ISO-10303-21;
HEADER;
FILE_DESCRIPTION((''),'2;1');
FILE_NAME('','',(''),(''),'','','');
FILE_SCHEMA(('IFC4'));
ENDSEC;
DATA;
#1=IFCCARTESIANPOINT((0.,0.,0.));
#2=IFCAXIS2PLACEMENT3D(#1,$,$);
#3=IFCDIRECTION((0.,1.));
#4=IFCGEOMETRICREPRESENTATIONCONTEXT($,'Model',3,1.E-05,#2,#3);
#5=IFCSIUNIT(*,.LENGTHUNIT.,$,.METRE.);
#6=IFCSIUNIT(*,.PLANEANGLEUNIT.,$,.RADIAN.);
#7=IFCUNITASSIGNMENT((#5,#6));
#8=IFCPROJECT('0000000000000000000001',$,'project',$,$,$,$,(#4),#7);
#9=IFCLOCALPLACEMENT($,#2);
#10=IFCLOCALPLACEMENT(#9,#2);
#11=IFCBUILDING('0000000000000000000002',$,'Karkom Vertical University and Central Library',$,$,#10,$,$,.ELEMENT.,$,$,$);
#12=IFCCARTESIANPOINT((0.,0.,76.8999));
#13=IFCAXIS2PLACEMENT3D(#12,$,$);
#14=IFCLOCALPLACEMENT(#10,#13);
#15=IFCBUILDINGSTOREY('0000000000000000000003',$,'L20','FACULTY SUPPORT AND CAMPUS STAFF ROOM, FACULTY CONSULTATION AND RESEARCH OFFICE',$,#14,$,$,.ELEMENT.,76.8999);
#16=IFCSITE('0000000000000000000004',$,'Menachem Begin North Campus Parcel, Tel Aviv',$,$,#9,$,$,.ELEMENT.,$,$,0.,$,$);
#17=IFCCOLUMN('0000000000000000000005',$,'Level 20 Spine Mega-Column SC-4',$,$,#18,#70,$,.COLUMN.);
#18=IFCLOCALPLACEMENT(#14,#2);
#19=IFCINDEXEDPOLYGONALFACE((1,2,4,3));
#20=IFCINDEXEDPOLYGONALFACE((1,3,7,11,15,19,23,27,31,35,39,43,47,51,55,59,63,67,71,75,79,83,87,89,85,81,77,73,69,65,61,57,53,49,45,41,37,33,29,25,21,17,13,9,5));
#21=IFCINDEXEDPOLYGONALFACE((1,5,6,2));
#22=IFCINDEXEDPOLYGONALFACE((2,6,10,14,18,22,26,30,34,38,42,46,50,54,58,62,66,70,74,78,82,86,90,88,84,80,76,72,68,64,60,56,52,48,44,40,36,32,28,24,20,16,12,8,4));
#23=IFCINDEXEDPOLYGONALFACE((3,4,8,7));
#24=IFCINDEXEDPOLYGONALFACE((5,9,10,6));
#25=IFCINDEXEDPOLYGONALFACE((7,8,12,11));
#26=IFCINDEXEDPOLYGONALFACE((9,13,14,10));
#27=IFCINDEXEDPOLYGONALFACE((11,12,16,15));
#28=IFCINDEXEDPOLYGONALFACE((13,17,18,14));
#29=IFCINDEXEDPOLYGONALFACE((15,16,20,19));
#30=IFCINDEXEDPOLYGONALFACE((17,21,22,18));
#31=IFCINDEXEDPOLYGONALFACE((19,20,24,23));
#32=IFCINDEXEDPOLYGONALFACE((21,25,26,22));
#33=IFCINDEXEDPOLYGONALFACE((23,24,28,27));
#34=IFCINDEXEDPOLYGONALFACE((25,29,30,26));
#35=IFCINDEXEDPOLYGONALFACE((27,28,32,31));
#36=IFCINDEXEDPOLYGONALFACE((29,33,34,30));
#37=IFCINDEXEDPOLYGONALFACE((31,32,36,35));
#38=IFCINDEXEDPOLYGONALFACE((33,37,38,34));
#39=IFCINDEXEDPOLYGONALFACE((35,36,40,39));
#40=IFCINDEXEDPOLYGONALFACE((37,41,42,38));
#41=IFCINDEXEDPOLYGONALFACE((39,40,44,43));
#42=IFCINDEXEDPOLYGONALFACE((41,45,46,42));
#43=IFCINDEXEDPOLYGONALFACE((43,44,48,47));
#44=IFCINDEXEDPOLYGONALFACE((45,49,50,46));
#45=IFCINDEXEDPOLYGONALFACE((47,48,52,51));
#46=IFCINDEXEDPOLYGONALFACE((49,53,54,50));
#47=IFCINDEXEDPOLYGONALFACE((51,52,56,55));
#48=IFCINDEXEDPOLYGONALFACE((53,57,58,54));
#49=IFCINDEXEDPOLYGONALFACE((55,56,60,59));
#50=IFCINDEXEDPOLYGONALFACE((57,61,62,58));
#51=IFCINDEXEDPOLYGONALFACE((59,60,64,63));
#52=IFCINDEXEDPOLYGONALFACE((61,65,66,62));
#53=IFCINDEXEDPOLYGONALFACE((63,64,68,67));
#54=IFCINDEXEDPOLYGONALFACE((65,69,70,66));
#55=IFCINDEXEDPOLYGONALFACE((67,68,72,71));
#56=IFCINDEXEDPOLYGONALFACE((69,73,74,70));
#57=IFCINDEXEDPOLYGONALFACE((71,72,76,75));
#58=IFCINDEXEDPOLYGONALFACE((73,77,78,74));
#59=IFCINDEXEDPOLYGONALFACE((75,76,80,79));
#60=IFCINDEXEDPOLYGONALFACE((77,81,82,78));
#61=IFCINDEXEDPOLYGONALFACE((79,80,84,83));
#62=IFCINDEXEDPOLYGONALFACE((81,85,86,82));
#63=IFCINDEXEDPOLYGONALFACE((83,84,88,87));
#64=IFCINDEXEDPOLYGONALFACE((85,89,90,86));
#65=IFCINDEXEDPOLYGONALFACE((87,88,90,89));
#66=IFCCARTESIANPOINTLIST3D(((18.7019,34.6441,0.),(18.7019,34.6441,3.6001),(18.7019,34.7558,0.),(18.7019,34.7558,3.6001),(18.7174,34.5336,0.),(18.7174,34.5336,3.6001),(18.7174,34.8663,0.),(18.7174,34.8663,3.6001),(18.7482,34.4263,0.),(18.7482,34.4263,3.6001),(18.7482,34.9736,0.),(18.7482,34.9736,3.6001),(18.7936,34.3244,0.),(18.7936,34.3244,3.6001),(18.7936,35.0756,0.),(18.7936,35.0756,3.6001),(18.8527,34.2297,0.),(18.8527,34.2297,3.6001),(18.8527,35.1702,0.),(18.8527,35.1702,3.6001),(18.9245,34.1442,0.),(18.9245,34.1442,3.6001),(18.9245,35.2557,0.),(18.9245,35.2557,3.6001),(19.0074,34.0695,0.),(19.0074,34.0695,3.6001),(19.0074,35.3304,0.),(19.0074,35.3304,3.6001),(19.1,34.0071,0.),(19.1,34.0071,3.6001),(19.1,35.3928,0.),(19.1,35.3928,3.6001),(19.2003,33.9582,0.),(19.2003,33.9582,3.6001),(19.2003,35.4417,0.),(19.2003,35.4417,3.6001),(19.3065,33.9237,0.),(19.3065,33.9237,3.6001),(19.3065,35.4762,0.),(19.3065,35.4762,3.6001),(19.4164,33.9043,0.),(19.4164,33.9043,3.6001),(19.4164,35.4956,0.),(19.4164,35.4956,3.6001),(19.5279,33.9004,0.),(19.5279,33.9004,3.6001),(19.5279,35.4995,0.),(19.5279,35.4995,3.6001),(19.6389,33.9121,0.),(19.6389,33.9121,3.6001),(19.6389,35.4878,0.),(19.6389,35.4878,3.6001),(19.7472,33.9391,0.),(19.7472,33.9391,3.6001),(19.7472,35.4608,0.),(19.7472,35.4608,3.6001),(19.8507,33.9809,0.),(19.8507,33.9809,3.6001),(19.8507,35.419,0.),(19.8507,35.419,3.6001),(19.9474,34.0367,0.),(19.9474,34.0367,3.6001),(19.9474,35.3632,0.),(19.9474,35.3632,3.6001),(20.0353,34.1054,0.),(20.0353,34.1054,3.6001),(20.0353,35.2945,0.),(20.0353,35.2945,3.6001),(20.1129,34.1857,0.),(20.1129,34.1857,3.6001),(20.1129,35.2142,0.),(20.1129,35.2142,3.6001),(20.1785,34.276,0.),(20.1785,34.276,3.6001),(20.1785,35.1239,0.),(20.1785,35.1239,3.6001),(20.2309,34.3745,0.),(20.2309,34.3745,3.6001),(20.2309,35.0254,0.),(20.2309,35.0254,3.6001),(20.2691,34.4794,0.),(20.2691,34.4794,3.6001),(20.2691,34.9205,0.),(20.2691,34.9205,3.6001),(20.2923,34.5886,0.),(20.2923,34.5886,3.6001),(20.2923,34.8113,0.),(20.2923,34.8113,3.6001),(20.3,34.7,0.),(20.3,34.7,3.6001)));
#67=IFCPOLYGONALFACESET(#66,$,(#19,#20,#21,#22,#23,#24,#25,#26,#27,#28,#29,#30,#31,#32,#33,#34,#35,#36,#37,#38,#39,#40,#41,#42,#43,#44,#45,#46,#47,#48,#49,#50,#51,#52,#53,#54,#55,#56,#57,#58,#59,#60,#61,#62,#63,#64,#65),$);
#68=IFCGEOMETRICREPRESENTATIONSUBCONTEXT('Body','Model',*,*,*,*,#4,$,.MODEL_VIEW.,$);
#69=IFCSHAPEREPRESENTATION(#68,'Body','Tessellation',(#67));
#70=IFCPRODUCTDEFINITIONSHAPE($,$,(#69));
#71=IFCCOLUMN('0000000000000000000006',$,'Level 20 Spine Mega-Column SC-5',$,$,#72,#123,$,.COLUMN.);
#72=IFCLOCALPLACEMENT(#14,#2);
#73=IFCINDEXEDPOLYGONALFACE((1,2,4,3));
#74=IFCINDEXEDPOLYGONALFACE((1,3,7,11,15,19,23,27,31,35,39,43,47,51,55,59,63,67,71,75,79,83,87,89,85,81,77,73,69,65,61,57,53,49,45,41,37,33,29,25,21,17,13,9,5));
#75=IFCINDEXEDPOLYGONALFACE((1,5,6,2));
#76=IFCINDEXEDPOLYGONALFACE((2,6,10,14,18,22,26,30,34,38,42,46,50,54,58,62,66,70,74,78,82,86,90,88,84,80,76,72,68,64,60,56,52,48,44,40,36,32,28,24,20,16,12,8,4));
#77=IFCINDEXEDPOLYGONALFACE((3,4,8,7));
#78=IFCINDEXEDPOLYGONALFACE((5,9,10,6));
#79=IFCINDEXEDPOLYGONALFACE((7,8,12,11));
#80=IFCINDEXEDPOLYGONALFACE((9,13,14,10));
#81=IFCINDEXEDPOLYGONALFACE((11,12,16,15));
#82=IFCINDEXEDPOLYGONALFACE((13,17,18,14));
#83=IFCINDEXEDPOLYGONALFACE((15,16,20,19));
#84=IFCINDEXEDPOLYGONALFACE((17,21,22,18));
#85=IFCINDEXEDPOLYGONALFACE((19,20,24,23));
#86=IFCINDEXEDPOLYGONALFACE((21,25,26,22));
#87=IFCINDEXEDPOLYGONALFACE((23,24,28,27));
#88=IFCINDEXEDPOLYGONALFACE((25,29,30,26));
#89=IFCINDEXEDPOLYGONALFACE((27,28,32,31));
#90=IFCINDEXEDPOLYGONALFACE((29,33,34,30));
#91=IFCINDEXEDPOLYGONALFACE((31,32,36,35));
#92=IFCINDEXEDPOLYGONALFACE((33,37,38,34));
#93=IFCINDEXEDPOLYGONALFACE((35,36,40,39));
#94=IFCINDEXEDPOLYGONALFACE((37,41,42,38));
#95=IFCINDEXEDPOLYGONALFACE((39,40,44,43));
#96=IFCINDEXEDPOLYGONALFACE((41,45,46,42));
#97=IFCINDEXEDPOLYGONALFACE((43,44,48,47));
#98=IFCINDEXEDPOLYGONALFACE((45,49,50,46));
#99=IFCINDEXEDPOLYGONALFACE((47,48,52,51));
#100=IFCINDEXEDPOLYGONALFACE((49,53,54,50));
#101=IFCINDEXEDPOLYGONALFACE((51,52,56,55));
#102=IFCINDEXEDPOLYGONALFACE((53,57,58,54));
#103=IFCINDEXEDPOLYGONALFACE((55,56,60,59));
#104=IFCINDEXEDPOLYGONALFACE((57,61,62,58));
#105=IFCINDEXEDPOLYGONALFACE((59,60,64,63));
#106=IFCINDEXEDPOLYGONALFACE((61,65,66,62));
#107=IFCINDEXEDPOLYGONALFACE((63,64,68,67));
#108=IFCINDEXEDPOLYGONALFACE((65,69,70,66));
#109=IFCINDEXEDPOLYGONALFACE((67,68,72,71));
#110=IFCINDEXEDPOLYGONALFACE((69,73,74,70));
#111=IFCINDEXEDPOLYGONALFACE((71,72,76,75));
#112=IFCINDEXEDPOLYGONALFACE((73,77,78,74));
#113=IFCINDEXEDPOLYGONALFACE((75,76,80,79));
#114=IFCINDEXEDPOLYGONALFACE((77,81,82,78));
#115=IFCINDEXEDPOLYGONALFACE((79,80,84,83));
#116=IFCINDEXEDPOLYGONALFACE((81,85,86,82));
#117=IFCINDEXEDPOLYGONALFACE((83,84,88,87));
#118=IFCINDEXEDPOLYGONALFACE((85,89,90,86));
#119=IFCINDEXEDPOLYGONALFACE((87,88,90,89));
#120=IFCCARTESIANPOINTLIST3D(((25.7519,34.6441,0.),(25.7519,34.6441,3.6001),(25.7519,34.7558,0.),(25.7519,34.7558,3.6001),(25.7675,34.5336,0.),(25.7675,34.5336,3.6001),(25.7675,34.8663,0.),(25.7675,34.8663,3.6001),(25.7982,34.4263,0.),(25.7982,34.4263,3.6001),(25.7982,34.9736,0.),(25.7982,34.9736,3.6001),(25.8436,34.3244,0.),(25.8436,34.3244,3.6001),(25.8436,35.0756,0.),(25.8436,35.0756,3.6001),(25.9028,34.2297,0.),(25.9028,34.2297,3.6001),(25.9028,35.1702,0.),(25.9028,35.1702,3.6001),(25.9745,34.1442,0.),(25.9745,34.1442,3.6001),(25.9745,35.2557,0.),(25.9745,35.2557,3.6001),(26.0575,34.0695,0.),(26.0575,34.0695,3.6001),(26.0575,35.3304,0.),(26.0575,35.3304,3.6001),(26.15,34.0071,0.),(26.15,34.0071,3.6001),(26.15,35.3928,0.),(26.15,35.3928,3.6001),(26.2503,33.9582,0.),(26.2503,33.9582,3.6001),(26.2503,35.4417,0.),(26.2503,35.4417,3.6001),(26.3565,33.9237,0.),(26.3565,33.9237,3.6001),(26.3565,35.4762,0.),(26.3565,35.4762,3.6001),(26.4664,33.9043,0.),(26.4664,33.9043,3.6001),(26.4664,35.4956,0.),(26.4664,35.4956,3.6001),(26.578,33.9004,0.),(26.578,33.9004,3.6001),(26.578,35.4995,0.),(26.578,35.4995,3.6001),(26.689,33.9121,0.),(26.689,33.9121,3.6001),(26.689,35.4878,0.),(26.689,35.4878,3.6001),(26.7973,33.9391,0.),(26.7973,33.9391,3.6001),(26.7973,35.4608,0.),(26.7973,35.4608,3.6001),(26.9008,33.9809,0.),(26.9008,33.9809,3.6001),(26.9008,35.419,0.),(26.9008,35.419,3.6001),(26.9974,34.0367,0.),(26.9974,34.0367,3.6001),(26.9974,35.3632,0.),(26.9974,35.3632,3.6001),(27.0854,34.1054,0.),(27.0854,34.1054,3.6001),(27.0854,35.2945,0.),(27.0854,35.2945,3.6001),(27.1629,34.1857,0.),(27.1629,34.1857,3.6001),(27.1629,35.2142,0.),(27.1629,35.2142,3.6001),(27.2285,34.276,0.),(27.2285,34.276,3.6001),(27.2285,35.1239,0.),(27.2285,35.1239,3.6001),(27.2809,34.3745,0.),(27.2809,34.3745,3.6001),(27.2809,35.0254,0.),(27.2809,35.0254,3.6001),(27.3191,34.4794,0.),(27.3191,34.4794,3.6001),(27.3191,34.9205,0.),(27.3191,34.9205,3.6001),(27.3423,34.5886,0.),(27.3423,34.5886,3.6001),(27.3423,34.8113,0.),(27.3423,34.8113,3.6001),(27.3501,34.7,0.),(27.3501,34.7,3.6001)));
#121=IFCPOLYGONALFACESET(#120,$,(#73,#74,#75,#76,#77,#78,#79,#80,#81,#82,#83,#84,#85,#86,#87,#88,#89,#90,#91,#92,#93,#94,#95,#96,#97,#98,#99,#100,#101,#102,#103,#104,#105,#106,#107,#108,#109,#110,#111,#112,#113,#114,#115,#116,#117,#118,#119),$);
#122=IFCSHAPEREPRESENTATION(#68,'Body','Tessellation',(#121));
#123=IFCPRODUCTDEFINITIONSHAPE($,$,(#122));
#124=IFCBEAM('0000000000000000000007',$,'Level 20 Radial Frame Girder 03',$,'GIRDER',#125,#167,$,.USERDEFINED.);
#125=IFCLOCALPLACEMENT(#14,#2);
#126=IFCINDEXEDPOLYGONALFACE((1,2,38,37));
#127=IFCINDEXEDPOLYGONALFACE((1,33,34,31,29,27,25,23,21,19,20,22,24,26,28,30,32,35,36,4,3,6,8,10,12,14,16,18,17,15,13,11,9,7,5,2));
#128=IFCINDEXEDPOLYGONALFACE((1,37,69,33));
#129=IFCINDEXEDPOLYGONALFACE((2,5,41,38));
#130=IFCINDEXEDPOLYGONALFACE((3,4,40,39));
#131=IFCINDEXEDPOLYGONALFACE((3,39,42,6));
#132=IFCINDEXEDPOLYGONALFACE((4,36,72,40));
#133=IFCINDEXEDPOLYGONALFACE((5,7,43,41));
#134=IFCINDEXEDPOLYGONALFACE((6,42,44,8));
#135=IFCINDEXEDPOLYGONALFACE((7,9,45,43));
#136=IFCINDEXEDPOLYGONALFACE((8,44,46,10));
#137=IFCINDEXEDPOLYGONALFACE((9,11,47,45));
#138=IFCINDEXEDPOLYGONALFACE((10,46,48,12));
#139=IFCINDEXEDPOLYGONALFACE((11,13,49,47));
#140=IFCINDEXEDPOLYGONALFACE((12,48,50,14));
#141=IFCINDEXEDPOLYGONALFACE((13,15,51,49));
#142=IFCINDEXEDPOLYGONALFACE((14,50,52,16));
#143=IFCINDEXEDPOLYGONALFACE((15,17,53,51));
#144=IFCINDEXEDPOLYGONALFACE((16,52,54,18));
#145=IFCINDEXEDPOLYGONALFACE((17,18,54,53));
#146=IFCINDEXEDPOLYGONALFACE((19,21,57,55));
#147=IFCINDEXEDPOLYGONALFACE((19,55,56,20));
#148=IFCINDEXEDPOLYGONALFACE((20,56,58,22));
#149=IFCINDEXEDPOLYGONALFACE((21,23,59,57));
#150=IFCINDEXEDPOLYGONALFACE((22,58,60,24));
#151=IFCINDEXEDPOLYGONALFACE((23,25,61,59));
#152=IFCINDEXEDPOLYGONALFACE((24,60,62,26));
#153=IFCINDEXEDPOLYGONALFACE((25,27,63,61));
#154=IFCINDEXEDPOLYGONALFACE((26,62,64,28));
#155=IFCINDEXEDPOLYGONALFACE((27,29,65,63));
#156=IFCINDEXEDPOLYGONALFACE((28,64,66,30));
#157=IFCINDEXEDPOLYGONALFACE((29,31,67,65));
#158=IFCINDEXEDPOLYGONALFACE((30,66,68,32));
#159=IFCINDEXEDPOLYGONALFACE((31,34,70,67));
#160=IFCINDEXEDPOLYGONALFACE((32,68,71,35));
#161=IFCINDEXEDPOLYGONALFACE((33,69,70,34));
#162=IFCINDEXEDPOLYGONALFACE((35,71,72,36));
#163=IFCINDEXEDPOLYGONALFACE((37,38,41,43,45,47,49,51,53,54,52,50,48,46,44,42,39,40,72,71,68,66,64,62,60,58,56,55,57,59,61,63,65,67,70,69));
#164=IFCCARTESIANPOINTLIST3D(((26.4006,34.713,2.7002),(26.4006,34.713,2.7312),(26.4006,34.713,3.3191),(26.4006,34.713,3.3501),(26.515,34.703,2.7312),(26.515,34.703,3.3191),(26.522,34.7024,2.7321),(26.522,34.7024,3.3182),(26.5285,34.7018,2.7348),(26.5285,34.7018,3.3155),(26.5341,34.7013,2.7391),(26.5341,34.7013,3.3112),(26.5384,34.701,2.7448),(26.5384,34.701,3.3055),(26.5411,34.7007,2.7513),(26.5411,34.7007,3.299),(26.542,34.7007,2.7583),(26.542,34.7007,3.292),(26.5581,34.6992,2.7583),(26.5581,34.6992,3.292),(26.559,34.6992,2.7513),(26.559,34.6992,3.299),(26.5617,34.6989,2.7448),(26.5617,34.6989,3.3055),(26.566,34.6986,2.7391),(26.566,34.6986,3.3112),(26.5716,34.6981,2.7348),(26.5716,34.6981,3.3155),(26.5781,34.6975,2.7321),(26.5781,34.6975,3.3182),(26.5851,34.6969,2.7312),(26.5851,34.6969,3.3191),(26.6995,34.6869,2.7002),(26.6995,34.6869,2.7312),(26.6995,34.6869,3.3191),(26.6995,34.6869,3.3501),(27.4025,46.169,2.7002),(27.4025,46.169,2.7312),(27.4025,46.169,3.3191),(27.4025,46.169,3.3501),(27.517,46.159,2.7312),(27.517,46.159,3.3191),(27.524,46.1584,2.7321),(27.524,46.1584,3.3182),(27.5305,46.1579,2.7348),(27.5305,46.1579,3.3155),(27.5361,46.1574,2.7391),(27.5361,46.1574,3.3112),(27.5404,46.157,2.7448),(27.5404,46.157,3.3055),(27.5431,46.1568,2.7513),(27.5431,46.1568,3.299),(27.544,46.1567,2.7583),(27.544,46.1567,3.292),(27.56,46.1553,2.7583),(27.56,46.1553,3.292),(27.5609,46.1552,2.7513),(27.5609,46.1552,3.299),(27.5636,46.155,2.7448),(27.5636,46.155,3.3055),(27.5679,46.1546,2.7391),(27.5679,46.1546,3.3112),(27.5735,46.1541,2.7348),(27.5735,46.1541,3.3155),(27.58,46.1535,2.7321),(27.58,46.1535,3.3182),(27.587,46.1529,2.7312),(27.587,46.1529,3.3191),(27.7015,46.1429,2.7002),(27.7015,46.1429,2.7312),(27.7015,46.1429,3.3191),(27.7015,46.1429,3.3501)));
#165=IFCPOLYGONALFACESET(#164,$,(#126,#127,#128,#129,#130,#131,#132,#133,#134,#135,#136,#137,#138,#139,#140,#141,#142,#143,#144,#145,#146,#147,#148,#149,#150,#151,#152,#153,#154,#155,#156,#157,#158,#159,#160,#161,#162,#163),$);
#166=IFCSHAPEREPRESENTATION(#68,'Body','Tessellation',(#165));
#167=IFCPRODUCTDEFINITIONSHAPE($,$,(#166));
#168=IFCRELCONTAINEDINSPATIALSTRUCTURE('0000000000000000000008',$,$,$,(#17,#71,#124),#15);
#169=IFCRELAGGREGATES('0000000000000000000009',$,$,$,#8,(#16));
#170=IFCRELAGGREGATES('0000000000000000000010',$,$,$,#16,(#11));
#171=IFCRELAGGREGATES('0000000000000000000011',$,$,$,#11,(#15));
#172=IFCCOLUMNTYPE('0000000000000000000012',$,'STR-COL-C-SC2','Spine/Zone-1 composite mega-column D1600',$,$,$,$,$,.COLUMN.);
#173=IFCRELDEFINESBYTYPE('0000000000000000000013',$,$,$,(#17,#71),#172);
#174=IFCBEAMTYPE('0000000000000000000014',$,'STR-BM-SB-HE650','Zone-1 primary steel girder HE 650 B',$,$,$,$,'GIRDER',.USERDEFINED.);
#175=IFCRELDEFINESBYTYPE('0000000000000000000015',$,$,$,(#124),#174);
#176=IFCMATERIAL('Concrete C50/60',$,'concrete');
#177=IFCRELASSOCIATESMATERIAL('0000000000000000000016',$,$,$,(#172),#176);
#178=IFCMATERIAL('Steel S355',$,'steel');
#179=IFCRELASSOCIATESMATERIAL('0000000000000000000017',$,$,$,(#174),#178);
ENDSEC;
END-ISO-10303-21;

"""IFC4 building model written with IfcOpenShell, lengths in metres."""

from ifc_helpers import new_model, si_unit, direction, frame, origin, origin_with_axes, origin_2d, place, context, subcontext, project, spatial, circle, i_section, extrude, source, transform, mapped, material, material_profile, profile_set, type_object, element, save


model = new_model("IFC4")

# Units and contexts
model_context = context("Model", 3, precision=1e-05, world=origin(), true_north=direction((0.0, 1.0)))
body_context = subcontext(model_context, "Body", "Model", "MODEL_VIEW")
ifc_project = project(units=[si_unit("LENGTHUNIT", "METRE"), si_unit("PLANEANGLEUNIT", "RADIAN")], contexts=[model_context])

# Site, building, storey
site_placement = place(None, origin())
site = spatial("IfcSite", under=ifc_project, at=site_placement, Name="Menachem Begin North Campus Parcel, Tel Aviv", CompositionType="ELEMENT", RefElevation=0.0)
building_placement = place(site_placement, origin())
building = spatial("IfcBuilding", under=site, at=building_placement, Name="Karkom Vertical University and Central Library", CompositionType="ELEMENT")
storey_placement = place(building_placement, frame((0.0, 0.0, 76.8999)))
storey = spatial("IfcBuildingStorey", under=building, at=storey_placement, Name="L20", Description="FACULTY SUPPORT AND CAMPUS STAFF ROOM, FACULTY CONSULTATION AND RESEARCH OFFICE", CompositionType="ELEMENT", Elevation=76.8999)

# Columns
ifc_material_1 = material(Name="Concrete C50/60", Category="concrete")
ifc_material_profile_1 = material_profile(ifc_material_1, circle(Radius=0.8, at=origin_2d()), Name="CFT-D1600")
ifc_profile_set_1 = profile_set([ifc_material_profile_1], Name="Concrete C50/60")
column_type = type_object("IfcColumnType", Name="STR-COL-C-SC2", Description="Spine/Zone-1 composite mega-column D1600", PredefinedType="COLUMN", material=ifc_profile_set_1)
shared_shape_1 = source(origin_with_axes(), body_context, "Body", "SweptSolid", [
    extrude(circle(Radius=0.8, at=origin_2d()), origin(), (0.0, 0.0, 1.0), 3.6001),
])
for number, where, z_axis, x_axis, name in (
    (1, (19.5, 34.7, 0.0), (0.0, 0.0, 1.0), (1.0, 0.0, 0.0), "Level 20 Spine Mega-Column SC-4"),
    (2, (26.55, 34.7, 0.0), (0.0, 0.0, 1.0), (1.0, 0.0, 0.0), "Level 20 Spine Mega-Column SC-5"),
):
    element("IfcColumn", number, at=place(storey_placement, frame(where, z_axis=z_axis, x_axis=x_axis)), inside=storey, type_object=column_type, Name=name, PredefinedType="COLUMN", context=body_context, shape_type="MappedRepresentation", body=[
        mapped(shared_shape_1, transform((0.0, 0.0, 0.0), scale=1.0)),
    ])

# Beam
ifc_material_2 = material(Name="Steel S355", Category="steel")
ifc_material_profile_2 = material_profile(ifc_material_2, i_section(OverallWidth=0.3, OverallDepth=0.6499, WebThickness=0.0161, FlangeThickness=0.031, FilletRadius=0.0271, at=origin_2d()), Name="HE 650 B")
ifc_profile_set_2 = profile_set([ifc_material_profile_2], Name="Steel S355")
beam_type_1 = type_object("IfcBeamType", Name="STR-BM-SB-HE650", Description="Zone-1 primary steel girder HE 650 B", ElementType="GIRDER", PredefinedType="USERDEFINED", material=ifc_profile_set_2)
shared_shape_2 = source(origin_with_axes(), body_context, "Body", "SweptSolid", [
    extrude(i_section(OverallWidth=0.3, OverallDepth=0.6499, WebThickness=0.0161, FlangeThickness=0.031, FilletRadius=0.0271, at=origin_2d()), origin(), (0.0, 0.0, 1.0), 11.4998),
])
beam_1_placement = place(storey_placement, frame((26.55, 34.7, 3.0251), z_axis=(0.087128, 0.996197, 0.0), x_axis=(-0.996197, 0.087128, 0.0)))
element("IfcBeam", 3, at=beam_1_placement, inside=storey, type_object=beam_type_1, Name="Level 20 Radial Frame Girder 03", ObjectType="GIRDER", PredefinedType="USERDEFINED", context=body_context, shape_type="MappedRepresentation", body=[
    mapped(shared_shape_2, transform((0.0, 0.0, 0.0), scale=1.0)),
])

save(model, "model.ifc")
